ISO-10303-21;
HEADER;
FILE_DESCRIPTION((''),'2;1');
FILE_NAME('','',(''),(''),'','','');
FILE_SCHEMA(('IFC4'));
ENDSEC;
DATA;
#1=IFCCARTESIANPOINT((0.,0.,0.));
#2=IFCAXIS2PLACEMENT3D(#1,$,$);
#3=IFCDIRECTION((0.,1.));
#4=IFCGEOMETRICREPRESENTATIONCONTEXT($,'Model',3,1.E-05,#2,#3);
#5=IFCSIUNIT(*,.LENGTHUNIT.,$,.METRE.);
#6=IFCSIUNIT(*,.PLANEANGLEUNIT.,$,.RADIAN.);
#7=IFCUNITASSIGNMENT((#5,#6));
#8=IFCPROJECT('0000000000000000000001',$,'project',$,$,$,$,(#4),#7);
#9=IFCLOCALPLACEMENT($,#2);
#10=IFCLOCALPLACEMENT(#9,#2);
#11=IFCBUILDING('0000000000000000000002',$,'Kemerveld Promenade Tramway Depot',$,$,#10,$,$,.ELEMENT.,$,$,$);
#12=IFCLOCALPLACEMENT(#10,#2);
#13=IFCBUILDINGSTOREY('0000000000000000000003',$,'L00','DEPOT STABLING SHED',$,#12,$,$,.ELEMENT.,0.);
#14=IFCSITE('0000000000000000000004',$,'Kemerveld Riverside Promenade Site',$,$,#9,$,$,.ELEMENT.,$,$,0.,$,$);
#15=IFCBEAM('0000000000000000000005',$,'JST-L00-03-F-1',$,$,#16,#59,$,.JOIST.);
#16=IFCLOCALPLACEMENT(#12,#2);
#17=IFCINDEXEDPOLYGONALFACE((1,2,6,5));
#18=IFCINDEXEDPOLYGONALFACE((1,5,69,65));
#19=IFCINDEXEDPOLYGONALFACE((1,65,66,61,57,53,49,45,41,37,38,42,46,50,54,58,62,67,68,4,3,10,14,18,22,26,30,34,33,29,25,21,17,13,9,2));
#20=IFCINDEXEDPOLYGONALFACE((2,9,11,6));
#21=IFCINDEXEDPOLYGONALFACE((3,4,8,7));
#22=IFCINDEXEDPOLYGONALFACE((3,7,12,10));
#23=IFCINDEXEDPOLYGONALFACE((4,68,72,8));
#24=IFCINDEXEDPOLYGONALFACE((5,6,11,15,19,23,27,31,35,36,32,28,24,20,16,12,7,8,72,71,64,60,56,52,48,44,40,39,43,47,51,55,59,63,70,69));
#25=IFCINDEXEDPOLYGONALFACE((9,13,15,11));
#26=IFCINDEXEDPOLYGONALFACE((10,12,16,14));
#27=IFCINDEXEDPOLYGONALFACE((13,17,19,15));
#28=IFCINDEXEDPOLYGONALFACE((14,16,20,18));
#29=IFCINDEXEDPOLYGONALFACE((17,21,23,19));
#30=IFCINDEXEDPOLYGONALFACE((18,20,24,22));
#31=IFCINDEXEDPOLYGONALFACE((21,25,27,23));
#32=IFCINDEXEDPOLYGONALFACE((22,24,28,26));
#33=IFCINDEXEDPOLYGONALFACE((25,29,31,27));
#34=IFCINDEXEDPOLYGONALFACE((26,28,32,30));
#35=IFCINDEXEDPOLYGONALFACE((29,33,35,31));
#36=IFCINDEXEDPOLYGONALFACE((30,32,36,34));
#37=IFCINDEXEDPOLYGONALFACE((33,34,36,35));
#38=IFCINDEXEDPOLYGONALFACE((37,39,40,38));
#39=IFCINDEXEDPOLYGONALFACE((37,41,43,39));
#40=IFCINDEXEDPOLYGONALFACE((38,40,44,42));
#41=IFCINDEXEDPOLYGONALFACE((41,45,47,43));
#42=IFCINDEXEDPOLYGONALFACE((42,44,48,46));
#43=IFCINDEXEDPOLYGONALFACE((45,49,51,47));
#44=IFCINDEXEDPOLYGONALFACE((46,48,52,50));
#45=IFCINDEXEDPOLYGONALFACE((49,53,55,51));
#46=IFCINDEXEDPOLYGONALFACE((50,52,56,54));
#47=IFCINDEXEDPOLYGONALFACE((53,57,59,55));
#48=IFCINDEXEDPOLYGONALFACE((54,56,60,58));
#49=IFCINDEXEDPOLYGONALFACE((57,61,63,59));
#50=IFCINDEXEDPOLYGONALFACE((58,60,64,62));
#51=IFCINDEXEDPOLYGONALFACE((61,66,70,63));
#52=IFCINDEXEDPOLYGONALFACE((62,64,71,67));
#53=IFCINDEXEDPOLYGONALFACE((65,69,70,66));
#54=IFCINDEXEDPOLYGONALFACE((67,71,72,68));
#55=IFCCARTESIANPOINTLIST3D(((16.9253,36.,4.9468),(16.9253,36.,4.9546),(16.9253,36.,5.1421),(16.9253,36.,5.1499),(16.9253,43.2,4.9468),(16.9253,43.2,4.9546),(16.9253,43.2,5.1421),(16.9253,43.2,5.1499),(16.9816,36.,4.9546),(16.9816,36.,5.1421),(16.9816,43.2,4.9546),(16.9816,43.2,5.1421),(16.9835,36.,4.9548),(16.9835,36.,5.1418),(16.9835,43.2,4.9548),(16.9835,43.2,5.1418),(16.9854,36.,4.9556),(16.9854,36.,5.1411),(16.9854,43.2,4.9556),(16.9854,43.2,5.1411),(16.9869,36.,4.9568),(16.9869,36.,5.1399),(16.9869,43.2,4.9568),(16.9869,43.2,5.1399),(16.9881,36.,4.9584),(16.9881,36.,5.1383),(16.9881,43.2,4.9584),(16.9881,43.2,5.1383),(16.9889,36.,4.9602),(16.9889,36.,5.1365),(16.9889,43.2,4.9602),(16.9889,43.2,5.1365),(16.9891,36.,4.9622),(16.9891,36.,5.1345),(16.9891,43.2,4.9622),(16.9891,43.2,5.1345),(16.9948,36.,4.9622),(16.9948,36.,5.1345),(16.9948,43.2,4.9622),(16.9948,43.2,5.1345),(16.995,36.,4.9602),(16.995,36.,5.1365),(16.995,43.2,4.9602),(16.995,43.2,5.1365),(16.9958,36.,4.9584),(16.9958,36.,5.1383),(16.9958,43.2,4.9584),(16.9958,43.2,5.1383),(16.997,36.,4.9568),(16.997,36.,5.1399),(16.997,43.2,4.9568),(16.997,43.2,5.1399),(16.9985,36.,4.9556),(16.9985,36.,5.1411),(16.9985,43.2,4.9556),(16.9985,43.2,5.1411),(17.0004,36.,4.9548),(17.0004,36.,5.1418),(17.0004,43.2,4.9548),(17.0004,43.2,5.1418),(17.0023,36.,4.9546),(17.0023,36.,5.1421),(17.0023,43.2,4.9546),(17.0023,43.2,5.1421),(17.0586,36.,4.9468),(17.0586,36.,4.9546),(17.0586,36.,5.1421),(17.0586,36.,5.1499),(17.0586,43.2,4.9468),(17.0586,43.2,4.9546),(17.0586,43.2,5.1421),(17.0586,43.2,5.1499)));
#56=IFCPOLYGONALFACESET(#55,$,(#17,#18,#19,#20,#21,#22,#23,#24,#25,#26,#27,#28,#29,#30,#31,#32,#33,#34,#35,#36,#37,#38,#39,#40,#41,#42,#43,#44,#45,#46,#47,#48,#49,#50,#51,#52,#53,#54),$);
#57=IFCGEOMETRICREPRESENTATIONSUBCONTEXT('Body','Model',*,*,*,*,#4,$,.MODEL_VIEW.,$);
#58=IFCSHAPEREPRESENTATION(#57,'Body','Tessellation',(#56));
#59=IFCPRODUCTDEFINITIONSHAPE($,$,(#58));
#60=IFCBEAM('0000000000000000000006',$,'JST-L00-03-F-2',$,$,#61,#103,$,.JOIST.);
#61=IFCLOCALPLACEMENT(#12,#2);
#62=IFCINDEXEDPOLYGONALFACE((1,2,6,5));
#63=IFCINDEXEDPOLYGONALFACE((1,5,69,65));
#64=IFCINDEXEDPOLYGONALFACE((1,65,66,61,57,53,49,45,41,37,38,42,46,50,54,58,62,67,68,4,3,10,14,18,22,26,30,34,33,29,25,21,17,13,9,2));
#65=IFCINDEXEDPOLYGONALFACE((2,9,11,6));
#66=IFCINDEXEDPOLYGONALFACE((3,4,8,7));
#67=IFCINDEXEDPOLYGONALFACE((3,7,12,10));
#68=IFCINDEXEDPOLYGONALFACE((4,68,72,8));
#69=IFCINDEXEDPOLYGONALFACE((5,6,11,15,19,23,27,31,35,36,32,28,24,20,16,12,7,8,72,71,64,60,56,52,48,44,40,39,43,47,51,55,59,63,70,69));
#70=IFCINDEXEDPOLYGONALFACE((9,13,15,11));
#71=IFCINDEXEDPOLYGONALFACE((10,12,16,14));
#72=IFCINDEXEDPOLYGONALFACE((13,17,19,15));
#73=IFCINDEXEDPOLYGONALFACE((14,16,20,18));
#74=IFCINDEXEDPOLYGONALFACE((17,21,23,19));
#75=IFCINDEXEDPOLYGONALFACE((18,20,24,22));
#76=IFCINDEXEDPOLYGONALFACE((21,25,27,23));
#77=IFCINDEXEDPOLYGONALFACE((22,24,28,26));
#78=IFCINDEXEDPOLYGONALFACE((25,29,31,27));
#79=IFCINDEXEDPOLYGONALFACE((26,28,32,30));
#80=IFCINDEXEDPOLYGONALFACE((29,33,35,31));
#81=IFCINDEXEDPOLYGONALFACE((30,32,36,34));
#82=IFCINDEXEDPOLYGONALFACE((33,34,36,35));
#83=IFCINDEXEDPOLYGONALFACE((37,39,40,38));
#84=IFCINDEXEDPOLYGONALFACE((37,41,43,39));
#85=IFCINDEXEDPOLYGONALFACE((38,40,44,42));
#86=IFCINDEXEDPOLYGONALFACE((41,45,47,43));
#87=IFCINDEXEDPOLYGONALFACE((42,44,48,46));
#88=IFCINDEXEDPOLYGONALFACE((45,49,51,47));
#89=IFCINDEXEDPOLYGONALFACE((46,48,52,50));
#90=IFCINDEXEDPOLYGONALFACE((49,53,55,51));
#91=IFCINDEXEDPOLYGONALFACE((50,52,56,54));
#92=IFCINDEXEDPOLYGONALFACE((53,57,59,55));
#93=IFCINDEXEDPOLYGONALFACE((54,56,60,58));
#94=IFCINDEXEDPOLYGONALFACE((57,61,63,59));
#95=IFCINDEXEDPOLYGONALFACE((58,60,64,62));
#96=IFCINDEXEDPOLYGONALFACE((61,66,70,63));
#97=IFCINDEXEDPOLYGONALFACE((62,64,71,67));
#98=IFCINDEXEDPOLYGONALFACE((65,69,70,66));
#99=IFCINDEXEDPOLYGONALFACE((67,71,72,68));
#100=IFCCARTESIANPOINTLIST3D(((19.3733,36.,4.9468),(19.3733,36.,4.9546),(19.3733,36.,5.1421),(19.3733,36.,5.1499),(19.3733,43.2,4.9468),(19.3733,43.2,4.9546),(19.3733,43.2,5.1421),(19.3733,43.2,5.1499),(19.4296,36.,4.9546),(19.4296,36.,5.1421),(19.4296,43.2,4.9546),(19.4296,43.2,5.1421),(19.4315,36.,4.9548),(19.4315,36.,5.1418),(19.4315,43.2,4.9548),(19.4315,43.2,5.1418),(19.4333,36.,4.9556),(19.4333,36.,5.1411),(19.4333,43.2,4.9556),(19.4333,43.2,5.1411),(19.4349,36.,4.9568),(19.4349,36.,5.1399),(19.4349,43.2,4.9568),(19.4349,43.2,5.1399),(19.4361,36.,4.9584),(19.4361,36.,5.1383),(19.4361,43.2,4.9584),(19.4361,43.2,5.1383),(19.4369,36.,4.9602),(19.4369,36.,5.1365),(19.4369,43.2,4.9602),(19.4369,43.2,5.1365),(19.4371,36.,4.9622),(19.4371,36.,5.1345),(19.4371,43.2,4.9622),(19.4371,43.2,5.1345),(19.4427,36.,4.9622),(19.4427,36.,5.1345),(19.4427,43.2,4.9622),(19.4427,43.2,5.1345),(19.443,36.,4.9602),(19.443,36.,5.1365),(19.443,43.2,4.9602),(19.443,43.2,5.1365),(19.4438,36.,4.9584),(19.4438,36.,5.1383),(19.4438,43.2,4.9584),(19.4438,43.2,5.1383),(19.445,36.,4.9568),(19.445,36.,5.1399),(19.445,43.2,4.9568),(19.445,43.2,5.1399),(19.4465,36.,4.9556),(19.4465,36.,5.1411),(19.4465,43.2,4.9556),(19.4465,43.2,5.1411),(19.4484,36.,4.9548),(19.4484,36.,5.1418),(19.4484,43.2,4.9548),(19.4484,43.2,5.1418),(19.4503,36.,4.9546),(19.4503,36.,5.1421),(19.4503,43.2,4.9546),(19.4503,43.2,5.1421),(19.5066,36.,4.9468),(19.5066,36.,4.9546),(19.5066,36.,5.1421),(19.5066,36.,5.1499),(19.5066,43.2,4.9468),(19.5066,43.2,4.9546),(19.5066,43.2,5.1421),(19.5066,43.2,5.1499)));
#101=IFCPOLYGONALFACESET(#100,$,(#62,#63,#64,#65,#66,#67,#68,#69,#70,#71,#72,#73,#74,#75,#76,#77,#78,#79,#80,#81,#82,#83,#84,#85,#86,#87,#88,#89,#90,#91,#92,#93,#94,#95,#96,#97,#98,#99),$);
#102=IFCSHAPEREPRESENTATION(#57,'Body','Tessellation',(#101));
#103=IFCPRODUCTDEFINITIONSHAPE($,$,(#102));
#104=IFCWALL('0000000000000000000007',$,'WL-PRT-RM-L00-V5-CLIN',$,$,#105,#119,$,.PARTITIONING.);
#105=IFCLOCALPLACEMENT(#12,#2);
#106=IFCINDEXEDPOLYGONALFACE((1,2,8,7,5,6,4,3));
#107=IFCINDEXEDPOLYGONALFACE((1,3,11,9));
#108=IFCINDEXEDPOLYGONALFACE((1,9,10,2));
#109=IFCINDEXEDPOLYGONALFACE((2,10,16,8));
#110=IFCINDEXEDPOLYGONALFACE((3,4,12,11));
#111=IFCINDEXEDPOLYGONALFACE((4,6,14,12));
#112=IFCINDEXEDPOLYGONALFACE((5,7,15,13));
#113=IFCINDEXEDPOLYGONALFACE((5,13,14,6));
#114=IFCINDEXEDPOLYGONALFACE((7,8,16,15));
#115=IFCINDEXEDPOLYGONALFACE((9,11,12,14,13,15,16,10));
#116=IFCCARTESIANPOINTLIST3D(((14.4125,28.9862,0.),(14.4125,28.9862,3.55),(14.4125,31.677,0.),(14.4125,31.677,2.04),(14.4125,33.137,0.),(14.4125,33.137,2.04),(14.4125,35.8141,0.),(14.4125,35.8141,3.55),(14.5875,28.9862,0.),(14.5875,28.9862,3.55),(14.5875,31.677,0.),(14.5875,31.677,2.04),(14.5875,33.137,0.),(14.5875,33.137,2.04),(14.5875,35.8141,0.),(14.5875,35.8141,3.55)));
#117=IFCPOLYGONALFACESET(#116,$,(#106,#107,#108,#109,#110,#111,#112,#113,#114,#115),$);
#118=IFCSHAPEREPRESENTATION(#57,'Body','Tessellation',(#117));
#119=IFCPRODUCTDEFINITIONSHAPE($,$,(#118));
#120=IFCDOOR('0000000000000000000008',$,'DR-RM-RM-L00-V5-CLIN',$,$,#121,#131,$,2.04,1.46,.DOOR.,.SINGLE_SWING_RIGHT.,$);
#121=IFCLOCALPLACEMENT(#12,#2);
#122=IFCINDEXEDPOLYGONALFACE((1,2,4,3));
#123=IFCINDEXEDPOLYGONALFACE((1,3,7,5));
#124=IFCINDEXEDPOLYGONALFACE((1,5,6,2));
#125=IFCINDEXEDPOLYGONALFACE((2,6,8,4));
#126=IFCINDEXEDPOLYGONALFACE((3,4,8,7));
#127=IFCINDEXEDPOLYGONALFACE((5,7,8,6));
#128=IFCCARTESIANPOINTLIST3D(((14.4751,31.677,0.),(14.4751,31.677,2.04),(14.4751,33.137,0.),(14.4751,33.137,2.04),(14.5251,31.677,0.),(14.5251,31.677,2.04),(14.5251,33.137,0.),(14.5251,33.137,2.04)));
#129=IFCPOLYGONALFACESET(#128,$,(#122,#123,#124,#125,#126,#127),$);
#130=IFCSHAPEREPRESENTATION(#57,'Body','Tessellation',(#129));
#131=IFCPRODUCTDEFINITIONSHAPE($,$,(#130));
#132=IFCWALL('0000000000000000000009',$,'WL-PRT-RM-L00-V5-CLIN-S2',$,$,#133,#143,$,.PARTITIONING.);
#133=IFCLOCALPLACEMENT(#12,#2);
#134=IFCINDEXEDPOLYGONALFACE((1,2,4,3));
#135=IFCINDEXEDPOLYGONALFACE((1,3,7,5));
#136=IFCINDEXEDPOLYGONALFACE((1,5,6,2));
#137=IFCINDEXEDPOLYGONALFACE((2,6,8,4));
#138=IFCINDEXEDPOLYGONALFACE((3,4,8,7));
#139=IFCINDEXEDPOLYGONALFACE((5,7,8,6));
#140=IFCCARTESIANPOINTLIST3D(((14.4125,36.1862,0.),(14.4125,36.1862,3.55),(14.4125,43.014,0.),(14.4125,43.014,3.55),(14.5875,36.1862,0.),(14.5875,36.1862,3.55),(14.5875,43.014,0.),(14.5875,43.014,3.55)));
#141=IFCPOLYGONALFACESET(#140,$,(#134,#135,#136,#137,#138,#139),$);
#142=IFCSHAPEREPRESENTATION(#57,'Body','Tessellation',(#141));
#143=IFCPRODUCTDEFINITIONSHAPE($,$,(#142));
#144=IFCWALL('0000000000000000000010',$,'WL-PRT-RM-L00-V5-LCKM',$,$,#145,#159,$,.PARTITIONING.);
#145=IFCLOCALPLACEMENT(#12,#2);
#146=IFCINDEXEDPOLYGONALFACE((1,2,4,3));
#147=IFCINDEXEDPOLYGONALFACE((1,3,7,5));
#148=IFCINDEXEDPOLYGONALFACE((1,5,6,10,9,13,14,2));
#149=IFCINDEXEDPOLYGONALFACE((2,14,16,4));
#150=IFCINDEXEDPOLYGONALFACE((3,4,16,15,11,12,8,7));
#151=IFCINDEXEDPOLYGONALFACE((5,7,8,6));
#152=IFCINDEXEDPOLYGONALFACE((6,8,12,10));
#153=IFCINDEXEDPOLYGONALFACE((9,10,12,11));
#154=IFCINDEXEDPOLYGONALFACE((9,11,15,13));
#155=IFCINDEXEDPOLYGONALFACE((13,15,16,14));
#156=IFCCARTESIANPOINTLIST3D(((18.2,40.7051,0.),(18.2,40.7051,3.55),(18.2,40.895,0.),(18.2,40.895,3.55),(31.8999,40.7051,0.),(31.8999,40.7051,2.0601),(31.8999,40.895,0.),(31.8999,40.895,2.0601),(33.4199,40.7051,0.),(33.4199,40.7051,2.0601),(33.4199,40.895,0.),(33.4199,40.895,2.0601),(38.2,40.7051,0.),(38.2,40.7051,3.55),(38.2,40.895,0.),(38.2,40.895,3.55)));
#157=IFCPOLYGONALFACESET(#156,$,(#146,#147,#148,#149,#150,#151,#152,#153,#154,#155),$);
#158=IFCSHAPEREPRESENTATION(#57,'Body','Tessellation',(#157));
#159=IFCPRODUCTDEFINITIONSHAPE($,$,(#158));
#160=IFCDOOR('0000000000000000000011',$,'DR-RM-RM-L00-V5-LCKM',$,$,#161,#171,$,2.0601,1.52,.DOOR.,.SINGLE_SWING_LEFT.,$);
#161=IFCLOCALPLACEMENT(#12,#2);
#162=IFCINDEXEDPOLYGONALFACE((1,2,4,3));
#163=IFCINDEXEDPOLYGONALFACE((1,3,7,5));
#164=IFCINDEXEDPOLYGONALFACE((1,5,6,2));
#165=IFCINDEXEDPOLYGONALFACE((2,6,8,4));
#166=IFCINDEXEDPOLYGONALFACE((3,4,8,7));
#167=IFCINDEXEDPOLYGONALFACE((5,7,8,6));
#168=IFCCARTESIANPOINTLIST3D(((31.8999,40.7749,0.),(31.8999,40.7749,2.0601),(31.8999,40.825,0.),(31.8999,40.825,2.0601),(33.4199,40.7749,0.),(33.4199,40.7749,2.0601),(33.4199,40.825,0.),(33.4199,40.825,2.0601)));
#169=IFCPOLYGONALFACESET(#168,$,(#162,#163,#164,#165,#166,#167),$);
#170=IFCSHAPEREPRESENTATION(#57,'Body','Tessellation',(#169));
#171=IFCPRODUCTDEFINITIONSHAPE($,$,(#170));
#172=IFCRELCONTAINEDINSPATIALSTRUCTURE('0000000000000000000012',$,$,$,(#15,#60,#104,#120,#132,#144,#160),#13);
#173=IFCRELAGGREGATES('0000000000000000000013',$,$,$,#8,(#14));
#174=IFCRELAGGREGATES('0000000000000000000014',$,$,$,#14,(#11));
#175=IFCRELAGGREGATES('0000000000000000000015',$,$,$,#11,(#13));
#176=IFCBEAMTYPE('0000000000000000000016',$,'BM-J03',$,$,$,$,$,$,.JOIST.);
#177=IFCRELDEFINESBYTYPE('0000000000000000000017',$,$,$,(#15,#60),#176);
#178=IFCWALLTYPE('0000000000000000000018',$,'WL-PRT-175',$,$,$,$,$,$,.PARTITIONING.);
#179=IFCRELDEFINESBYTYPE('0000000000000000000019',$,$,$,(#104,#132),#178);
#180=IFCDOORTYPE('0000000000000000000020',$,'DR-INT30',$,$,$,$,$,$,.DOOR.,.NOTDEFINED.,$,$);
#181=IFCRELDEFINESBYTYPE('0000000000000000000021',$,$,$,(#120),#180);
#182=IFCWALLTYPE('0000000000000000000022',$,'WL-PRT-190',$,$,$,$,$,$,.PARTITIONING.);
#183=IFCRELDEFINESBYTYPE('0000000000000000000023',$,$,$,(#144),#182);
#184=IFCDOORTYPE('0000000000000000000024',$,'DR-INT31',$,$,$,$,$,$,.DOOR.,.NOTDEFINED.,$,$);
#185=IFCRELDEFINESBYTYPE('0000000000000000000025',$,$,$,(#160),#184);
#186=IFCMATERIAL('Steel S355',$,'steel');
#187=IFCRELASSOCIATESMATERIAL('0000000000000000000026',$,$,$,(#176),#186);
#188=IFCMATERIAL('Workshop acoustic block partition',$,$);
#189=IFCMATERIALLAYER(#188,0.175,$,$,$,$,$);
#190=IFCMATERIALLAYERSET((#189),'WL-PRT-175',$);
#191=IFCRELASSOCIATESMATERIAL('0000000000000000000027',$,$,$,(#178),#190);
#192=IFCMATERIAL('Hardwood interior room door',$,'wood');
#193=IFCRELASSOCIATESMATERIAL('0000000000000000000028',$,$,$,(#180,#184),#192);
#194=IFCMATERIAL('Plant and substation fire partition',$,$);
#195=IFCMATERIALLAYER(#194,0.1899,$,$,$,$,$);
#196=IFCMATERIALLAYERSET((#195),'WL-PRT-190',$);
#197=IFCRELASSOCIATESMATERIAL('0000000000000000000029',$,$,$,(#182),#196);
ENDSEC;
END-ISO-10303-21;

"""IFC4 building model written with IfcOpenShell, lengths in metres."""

from ifc_helpers import new_model, si_unit, direction, frame, frame_2d, origin, origin_2d, place, context, subcontext, project, spatial, rectangle, i_section, extrude, material, layer, layer_set, material_profile, profile_set, type_object, element, fill, save


model = new_model("IFC4")

# Units and contexts
model_context = context("Model", 3, precision=1e-05, world=origin(), true_north=direction((0.0, 1.0)))
body_context = subcontext(model_context, "Body", "Model", "MODEL_VIEW")
ifc_project = project(units=[si_unit("LENGTHUNIT", "METRE"), si_unit("PLANEANGLEUNIT", "RADIAN")], contexts=[model_context])

# Site, building, storey
site_placement = place(None, origin())
site = spatial("IfcSite", under=ifc_project, at=site_placement, Name="Kemerveld Riverside Promenade Site", CompositionType="ELEMENT", RefElevation=0.0)
building_placement = place(site_placement, origin())
building = spatial("IfcBuilding", under=site, at=building_placement, Name="Kemerveld Promenade Tramway Depot", CompositionType="ELEMENT")
storey_placement = place(building_placement, origin())
storey = spatial("IfcBuildingStorey", under=building, at=storey_placement, Name="L00", Description="DEPOT STABLING SHED", CompositionType="ELEMENT", Elevation=0.0)

# Shared definitions
ifc_material_1 = material(Name="Steel S355", Category="steel")

# Beams
ifc_material_profile_1 = material_profile(ifc_material_1, i_section(OverallWidth=0.1333, OverallDepth=0.2031, WebThickness=0.0056, FlangeThickness=0.0078, FilletRadius=0.0076, at=origin_2d()), Name="203x133x25 UB")
ifc_profile_set_1 = profile_set([ifc_material_profile_1], Name="Steel S355")
beam_type_1 = type_object("IfcBeamType", Name="BM-J03", PredefinedType="JOIST", material=ifc_profile_set_1)
for number, where, z_axis, x_axis, name in (
    (1, (16.9919, 36.0, 5.0483), (0.0, 1.0, 0.0), (-1.0, 0.0, 0.0), "JST-L00-03-F-1"),
    (2, (19.4399, 36.0, 5.0483), (0.0, 1.0, 0.0), (-1.0, 0.0, 0.0), "JST-L00-03-F-2"),
):
    element("IfcBeam", number, at=place(storey_placement, frame(where, z_axis=z_axis, x_axis=x_axis)), inside=storey, type_object=beam_type_1, Name=name, PredefinedType="JOIST", context=body_context, shape_type="SweptSolid", body=[
        extrude(i_section(OverallWidth=0.1333, OverallDepth=0.2031, WebThickness=0.0056, FlangeThickness=0.0078, FilletRadius=0.0076, at=origin_2d()), origin(), (0.0, 0.0, 1.0), 7.2),
    ])

# Wall, opening, door
ifc_material_2 = material(Name="Workshop acoustic block partition")
ifc_layer_1 = layer(ifc_material_2, 0.175)
ifc_layer_set_1 = layer_set([ifc_layer_1], Name="WL-PRT-175")
wall_type_1 = type_object("IfcWallType", Name="WL-PRT-175", PredefinedType="PARTITIONING", material=ifc_layer_set_1)
wall_1_placement = place(storey_placement, frame((14.5, 28.9861, 0.0), z_axis=(0.0, 0.0, 1.0), x_axis=(0.0, 1.0, 0.0)))
wall_1 = element("IfcWall", 3, at=wall_1_placement, inside=storey, type_object=wall_type_1, Name="WL-PRT-RM-L00-V5-CLIN", PredefinedType="PARTITIONING", context=body_context, shape_type="SweptSolid", body=[
    extrude(rectangle(XDim=6.8279, YDim=0.175, at=frame_2d((3.4141, 0.0))), origin(), (0.0, 0.0, 1.0), 3.55),
])
opening_1_placement = place(wall_1_placement, frame((2.6909, 0.0, 0.0)))
opening_1 = element("IfcOpeningElement", 4, at=opening_1_placement, cuts=wall_1, PredefinedType="OPENING", context=body_context, shape_type="SweptSolid", body=[
    extrude(rectangle(XDim=1.46, YDim=2.04, at=frame_2d((0.73, 1.02))), frame((0.0, 0.0974, 0.0), z_axis=(0.0, -1.0, 0.0), x_axis=(1.0, 0.0, 0.0)), (0.0, 0.0, 1.0), 0.1951),
])
ifc_material_3 = material(Name="Hardwood interior room door", Category="wood")
door_type_1 = type_object("IfcDoorType", Name="DR-INT30", OperationType="NOTDEFINED", PredefinedType="DOOR", material=ifc_material_3)
door_1_placement = place(opening_1_placement, origin())
door_1 = element("IfcDoor", 5, at=door_1_placement, inside=storey, type_object=door_type_1, Name="DR-RM-RM-L00-V5-CLIN", OperationType="SINGLE_SWING_RIGHT", OverallHeight=2.04, OverallWidth=1.46, PredefinedType="DOOR", context=body_context, shape_type="SweptSolid", body=[
    extrude(rectangle(XDim=1.46, YDim=2.04, at=frame_2d((0.73, 1.02))), frame((0.0, 0.0249, 0.0), z_axis=(0.0, -1.0, 0.0), x_axis=(1.0, 0.0, 0.0)), (0.0, 0.0, 1.0), 0.05),
])
fill(opening_1, door_1)

# Wall
wall_2_placement = place(storey_placement, frame((14.5, 36.186, 0.0), z_axis=(0.0, 0.0, 1.0), x_axis=(0.0, 1.0, 0.0)))
element("IfcWall", 6, at=wall_2_placement, inside=storey, type_object=wall_type_1, Name="WL-PRT-RM-L00-V5-CLIN-S2", PredefinedType="PARTITIONING", context=body_context, shape_type="SweptSolid", body=[
    extrude(rectangle(XDim=6.8279, YDim=0.175, at=frame_2d((3.4141, 0.0))), origin(), (0.0, 0.0, 1.0), 3.55),
])

# Wall, opening, door
ifc_material_4 = material(Name="Plant and substation fire partition")
ifc_layer_2 = layer(ifc_material_4, 0.1899)
ifc_layer_set_2 = layer_set([ifc_layer_2], Name="WL-PRT-190")
wall_type_2 = type_object("IfcWallType", Name="WL-PRT-190", PredefinedType="PARTITIONING", material=ifc_layer_set_2)
wall_3_placement = place(storey_placement, frame((18.2, 40.8, 0.0), z_axis=(0.0, 0.0, 1.0), x_axis=(1.0, 0.0, 0.0)))
wall_3 = element("IfcWall", 7, at=wall_3_placement, inside=storey, type_object=wall_type_2, Name="WL-PRT-RM-L00-V5-LCKM", PredefinedType="PARTITIONING", context=body_context, shape_type="SweptSolid", body=[
    extrude(rectangle(XDim=20.0, YDim=0.1899, at=frame_2d((10.0, 0.0))), origin(), (0.0, 0.0, 1.0), 3.55),
])
opening_2_placement = place(wall_3_placement, frame((13.7, 0.0, 0.0)))
opening_2 = element("IfcOpeningElement", 8, at=opening_2_placement, cuts=wall_3, PredefinedType="OPENING", context=body_context, shape_type="SweptSolid", body=[
    extrude(rectangle(XDim=1.52, YDim=2.0601, at=frame_2d((0.76, 1.03))), frame((0.0, 0.105, 0.0), z_axis=(0.0, -1.0, 0.0), x_axis=(1.0, 0.0, 0.0)), (0.0, 0.0, 1.0), 0.21),
])
door_type_2 = type_object("IfcDoorType", Name="DR-INT31", OperationType="NOTDEFINED", PredefinedType="DOOR", material=ifc_material_3)
door_2_placement = place(opening_2_placement, origin())
door_2 = element("IfcDoor", 9, at=door_2_placement, inside=storey, type_object=door_type_2, Name="DR-RM-RM-L00-V5-LCKM", OperationType="SINGLE_SWING_LEFT", OverallHeight=2.0601, OverallWidth=1.52, PredefinedType="DOOR", context=body_context, shape_type="SweptSolid", body=[
    extrude(rectangle(XDim=1.52, YDim=2.0601, at=frame_2d((0.76, 1.03))), frame((0.0, 0.0249, 0.0), z_axis=(0.0, -1.0, 0.0), x_axis=(1.0, 0.0, 0.0)), (0.0, 0.0, 1.0), 0.05),
])
fill(opening_2, door_2)

save(model, "model.ifc")
